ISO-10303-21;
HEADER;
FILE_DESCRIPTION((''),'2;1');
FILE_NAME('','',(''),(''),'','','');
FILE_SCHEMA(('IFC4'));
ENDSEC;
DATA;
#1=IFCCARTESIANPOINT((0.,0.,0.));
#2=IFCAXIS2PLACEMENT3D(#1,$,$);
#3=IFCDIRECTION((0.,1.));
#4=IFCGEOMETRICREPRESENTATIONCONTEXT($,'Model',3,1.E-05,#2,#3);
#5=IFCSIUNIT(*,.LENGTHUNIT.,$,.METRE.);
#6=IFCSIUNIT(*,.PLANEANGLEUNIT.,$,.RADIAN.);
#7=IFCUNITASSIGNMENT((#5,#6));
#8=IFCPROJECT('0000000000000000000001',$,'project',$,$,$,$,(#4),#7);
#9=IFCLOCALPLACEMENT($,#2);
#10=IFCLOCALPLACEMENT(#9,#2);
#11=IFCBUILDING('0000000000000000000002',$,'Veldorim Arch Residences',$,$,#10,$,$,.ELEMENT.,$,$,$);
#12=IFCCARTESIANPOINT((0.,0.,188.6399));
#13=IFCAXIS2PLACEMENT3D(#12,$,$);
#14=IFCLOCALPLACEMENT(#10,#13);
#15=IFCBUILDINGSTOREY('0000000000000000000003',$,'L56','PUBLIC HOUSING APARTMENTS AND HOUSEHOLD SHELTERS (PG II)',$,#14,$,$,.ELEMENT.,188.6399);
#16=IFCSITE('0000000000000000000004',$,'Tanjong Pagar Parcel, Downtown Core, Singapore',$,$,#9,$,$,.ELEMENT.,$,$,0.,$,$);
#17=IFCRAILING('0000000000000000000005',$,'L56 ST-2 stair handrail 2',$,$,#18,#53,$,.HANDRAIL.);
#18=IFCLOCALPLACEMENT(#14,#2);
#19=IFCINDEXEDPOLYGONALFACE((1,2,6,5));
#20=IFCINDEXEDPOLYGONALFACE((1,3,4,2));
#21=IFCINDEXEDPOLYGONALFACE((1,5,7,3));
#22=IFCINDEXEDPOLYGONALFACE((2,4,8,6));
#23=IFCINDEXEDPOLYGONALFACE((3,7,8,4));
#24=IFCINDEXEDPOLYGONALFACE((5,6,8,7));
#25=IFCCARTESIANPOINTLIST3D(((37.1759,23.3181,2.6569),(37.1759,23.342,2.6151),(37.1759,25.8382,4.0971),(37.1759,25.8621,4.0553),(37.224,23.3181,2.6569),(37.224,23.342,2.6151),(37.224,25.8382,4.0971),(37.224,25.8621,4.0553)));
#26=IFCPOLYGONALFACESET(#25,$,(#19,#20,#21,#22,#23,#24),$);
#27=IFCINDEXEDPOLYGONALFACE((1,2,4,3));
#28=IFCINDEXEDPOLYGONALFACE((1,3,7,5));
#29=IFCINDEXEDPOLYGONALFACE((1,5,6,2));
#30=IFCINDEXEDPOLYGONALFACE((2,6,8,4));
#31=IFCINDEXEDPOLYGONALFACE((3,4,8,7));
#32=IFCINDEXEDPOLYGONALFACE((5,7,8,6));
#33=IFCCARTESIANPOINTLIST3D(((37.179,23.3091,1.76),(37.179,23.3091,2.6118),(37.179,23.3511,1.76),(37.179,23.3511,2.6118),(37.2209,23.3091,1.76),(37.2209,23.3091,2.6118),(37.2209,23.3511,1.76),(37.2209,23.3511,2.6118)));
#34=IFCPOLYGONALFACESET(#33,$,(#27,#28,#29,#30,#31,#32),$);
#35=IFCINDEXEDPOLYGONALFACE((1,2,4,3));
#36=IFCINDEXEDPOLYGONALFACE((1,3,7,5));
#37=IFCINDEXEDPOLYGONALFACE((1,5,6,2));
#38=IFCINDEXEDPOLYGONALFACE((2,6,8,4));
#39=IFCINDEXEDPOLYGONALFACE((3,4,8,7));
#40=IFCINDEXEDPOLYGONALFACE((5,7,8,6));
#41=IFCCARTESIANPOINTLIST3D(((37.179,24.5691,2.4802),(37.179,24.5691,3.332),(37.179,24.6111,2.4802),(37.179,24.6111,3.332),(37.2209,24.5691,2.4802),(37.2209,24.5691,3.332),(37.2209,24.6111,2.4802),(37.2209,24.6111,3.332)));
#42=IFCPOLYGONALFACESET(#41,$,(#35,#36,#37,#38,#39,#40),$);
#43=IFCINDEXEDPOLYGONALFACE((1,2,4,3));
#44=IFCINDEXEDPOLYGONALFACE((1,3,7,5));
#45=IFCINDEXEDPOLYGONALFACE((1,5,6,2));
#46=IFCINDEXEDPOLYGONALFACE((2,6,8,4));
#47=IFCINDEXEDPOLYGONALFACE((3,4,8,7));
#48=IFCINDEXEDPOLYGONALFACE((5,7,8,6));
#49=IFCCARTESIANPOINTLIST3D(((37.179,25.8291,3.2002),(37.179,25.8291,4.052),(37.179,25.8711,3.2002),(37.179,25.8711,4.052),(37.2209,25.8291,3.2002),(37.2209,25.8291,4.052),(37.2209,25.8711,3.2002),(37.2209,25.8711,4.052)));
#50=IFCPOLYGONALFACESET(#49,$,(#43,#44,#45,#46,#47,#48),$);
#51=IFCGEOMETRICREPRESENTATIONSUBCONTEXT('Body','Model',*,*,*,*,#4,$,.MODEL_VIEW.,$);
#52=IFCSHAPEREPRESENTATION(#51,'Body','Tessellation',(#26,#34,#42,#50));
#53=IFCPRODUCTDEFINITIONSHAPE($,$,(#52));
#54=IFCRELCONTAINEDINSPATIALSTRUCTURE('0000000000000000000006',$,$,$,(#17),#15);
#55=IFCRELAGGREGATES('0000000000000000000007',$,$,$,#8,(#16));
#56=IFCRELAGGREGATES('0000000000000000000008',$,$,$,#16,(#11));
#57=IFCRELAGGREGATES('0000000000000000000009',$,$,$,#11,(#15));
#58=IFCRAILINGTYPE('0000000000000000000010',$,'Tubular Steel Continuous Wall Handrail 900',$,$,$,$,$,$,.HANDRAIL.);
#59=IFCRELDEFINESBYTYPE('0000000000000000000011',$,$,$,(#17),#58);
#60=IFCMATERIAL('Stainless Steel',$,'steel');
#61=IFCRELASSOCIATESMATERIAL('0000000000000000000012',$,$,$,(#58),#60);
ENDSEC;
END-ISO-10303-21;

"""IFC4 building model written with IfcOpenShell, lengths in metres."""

from ifc_helpers import new_model, si_unit, direction, frame, origin, origin_2d, place, context, subcontext, project, spatial, rectangle, extrude, material, type_object, element, save


model = new_model("IFC4")

# Units and contexts
model_context = context("Model", 3, precision=1e-05, world=origin(), true_north=direction((0.0, 1.0)))
body_context = subcontext(model_context, "Body", "Model", "MODEL_VIEW")
ifc_project = project(units=[si_unit("LENGTHUNIT", "METRE"), si_unit("PLANEANGLEUNIT", "RADIAN")], contexts=[model_context])

# Site, building, storey
site_placement = place(None, origin())
site = spatial("IfcSite", under=ifc_project, at=site_placement, Name="Tanjong Pagar Parcel, Downtown Core, Singapore", CompositionType="ELEMENT", RefElevation=0.0)
building_placement = place(site_placement, origin())
building = spatial("IfcBuilding", under=site, at=building_placement, Name="Veldorim Arch Residences", CompositionType="ELEMENT")
storey_placement = place(building_placement, frame((0.0, 0.0, 188.6399)))
storey = spatial("IfcBuildingStorey", under=building, at=storey_placement, Name="L56", Description="PUBLIC HOUSING APARTMENTS AND HOUSEHOLD SHELTERS (PG II)", CompositionType="ELEMENT", Elevation=188.6399)

# Railing
ifc_material_1 = material(Name="Stainless Steel", Category="steel")
railing_type_1 = type_object("IfcRailingType", Name="Tubular Steel Continuous Wall Handrail 900", PredefinedType="HANDRAIL", material=ifc_material_1)
railing_1_placement = place(storey_placement, frame((37.2, 23.3301, 1.76)))
element("IfcRailing", 1, at=railing_1_placement, inside=storey, type_object=railing_type_1, Name="L56 ST-2 stair handrail 2", PredefinedType="HANDRAIL", context=body_context, shape_type="SweptSolid", body=[
    extrude(rectangle(XDim=0.0481, YDim=0.0481, at=origin_2d()), frame((0.0, 0.0, 0.876), z_axis=(0.0, 0.868217, 0.496184), x_axis=(-1.0, 0.0, 0.0)), (0.0, 0.0, 1.0), 2.9026),
    extrude(rectangle(XDim=0.042, YDim=0.042, at=origin_2d()), origin(), (0.0, 0.0, 1.0), 0.8518),
    extrude(rectangle(XDim=0.042, YDim=0.042, at=origin_2d()), frame((0.0, 1.26, 0.7202)), (0.0, 0.0, 1.0), 0.8518),
    extrude(rectangle(XDim=0.042, YDim=0.042, at=origin_2d()), frame((0.0, 2.52, 1.4402)), (0.0, 0.0, 1.0), 0.8518),
])

save(model, "model.ifc")
